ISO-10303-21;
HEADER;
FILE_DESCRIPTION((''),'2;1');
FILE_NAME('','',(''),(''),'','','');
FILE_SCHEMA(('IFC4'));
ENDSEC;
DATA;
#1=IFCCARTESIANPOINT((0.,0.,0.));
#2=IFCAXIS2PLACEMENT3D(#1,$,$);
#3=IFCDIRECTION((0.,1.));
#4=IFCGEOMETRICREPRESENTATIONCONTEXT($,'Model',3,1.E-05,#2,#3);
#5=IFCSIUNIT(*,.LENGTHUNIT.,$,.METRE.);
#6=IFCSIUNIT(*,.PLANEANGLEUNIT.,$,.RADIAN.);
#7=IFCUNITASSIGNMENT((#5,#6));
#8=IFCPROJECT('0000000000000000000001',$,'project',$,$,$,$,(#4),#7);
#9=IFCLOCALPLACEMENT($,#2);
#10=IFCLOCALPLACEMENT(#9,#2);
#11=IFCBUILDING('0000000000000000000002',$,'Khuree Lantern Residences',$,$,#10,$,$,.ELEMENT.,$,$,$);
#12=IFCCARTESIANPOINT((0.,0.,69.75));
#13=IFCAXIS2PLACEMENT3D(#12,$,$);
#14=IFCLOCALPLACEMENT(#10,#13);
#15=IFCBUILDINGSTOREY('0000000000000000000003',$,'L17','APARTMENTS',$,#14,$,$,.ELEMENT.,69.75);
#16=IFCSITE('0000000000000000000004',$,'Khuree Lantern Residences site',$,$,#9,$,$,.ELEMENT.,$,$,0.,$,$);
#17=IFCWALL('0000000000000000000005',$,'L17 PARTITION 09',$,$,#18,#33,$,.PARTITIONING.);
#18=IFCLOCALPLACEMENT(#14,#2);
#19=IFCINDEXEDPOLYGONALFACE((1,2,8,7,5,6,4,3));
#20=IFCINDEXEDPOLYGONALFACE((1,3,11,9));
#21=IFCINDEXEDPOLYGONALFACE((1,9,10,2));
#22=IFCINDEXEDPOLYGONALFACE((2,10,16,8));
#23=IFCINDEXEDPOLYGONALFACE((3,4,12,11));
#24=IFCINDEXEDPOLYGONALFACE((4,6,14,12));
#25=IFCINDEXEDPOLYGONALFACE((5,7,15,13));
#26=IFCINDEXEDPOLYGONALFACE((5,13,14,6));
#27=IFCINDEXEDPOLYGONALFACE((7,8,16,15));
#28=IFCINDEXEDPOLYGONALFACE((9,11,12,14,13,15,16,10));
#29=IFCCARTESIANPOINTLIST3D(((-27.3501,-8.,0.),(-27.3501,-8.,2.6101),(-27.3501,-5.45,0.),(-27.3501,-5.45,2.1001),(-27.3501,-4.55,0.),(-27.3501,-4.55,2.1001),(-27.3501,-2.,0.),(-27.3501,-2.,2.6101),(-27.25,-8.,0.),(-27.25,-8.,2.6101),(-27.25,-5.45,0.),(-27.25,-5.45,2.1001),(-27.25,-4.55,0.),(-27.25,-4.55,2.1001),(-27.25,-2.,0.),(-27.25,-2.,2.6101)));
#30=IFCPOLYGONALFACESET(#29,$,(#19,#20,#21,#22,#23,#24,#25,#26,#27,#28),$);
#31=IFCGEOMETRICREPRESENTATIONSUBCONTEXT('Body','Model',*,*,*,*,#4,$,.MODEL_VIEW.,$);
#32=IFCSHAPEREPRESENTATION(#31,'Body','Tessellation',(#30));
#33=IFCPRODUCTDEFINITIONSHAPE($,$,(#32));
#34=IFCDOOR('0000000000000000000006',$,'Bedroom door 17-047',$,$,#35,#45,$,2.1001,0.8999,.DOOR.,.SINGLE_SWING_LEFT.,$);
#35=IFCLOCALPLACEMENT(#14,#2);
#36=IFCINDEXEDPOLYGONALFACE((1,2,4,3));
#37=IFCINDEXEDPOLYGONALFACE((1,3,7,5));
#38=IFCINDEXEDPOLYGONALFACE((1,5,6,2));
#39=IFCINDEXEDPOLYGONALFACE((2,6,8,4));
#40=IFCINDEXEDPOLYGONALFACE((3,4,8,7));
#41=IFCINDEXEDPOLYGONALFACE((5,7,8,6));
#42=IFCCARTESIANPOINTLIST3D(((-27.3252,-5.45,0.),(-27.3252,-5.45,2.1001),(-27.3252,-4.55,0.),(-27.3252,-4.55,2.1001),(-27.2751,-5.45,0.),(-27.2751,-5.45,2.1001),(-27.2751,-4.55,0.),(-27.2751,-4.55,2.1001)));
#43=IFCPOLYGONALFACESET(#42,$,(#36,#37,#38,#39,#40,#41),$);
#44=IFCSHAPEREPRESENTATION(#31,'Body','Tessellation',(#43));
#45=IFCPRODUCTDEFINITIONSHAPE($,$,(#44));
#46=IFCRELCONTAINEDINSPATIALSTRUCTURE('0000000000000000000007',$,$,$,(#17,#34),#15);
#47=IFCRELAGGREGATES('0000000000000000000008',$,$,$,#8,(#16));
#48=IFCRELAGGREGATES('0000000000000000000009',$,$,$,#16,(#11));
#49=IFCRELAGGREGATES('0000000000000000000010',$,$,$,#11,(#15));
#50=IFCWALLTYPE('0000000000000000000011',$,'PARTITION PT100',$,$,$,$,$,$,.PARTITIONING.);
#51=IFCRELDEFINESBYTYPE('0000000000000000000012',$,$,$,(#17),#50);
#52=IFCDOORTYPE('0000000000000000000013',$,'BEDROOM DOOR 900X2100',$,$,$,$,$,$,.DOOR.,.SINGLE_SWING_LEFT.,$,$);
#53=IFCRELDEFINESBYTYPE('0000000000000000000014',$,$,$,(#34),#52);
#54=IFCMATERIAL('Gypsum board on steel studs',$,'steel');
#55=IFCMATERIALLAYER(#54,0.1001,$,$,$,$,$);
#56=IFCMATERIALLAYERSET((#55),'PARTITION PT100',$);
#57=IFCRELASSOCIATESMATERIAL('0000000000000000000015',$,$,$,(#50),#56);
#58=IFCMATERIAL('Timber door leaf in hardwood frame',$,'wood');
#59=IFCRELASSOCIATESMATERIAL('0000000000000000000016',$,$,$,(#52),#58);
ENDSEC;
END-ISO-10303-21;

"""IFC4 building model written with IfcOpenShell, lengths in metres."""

from ifc_helpers import new_model, si_unit, direction, frame, frame_2d, origin, place, context, subcontext, project, spatial, rectangle, extrude, material, layer, layer_set, type_object, element, fill, save


model = new_model("IFC4")

# Units and contexts
model_context = context("Model", 3, precision=1e-05, world=origin(), true_north=direction((0.0, 1.0)))
body_context = subcontext(model_context, "Body", "Model", "MODEL_VIEW")
ifc_project = project(units=[si_unit("LENGTHUNIT", "METRE"), si_unit("PLANEANGLEUNIT", "RADIAN")], contexts=[model_context])

# Site, building, storey
site_placement = place(None, origin())
site = spatial("IfcSite", under=ifc_project, at=site_placement, Name="Khuree Lantern Residences site", CompositionType="ELEMENT", RefElevation=0.0)
building_placement = place(site_placement, origin())
building = spatial("IfcBuilding", under=site, at=building_placement, Name="Khuree Lantern Residences", CompositionType="ELEMENT")
storey_placement = place(building_placement, frame((0.0, 0.0, 69.75)))
storey = spatial("IfcBuildingStorey", under=building, at=storey_placement, Name="L17", Description="APARTMENTS", CompositionType="ELEMENT", Elevation=69.75)

# Shared definitions
ifc_material_1 = material(Name="Timber door leaf in hardwood frame", Category="wood")

# Shared definitions
ifc_material_2 = material(Name="Gypsum board on steel studs", Category="steel")
ifc_layer_1 = layer(ifc_material_2, 0.1001)
ifc_layer_set_1 = layer_set([ifc_layer_1], Name="PARTITION PT100")
wall_type_1 = type_object("IfcWallType", Name="PARTITION PT100", PredefinedType="PARTITIONING", material=ifc_layer_set_1)

# Wall, opening, door
wall_1_placement = place(storey_placement, frame((-27.3, -2.0, 0.0), z_axis=(0.0, 0.0, 1.0), x_axis=(0.0, -1.0, 0.0)))
wall_1 = element("IfcWall", 1, at=wall_1_placement, inside=storey, type_object=wall_type_1, Name="L17 PARTITION 09", PredefinedType="PARTITIONING", context=body_context, shape_type="SweptSolid", body=[
    extrude(rectangle(XDim=6.0, YDim=0.1001, at=frame_2d((3.0, 0.0))), origin(), (0.0, 0.0, 1.0), 2.6101),
])
opening_1_placement = place(wall_1_placement, frame((2.55, 0.0, 0.0)))
opening_1 = element("IfcOpeningElement", 2, at=opening_1_placement, cuts=wall_1, PredefinedType="OPENING", context=body_context, shape_type="SweptSolid", body=[
    extrude(rectangle(XDim=0.8999, YDim=2.1001, at=frame_2d((0.45, 1.05))), frame((0.0, 0.0601, 0.0), z_axis=(0.0, -1.0, 0.0), x_axis=(1.0, 0.0, 0.0)), (0.0, 0.0, 1.0), 0.1201),
])
door_type_1 = type_object("IfcDoorType", Name="BEDROOM DOOR 900X2100", OperationType="SINGLE_SWING_LEFT", PredefinedType="DOOR", material=ifc_material_1)
door_1_placement = place(opening_1_placement, origin())
door_1 = element("IfcDoor", 3, at=door_1_placement, inside=storey, type_object=door_type_1, Name="Bedroom door 17-047", OperationType="SINGLE_SWING_LEFT", OverallHeight=2.1001, OverallWidth=0.8999, PredefinedType="DOOR", context=body_context, shape_type="SweptSolid", body=[
    extrude(rectangle(XDim=0.8999, YDim=2.1001, at=frame_2d((0.45, 1.05))), frame((0.0, 0.0249, 0.0), z_axis=(0.0, -1.0, 0.0), x_axis=(1.0, 0.0, 0.0)), (0.0, 0.0, 1.0), 0.05),
])
fill(opening_1, door_1)

save(model, "model.ifc")
